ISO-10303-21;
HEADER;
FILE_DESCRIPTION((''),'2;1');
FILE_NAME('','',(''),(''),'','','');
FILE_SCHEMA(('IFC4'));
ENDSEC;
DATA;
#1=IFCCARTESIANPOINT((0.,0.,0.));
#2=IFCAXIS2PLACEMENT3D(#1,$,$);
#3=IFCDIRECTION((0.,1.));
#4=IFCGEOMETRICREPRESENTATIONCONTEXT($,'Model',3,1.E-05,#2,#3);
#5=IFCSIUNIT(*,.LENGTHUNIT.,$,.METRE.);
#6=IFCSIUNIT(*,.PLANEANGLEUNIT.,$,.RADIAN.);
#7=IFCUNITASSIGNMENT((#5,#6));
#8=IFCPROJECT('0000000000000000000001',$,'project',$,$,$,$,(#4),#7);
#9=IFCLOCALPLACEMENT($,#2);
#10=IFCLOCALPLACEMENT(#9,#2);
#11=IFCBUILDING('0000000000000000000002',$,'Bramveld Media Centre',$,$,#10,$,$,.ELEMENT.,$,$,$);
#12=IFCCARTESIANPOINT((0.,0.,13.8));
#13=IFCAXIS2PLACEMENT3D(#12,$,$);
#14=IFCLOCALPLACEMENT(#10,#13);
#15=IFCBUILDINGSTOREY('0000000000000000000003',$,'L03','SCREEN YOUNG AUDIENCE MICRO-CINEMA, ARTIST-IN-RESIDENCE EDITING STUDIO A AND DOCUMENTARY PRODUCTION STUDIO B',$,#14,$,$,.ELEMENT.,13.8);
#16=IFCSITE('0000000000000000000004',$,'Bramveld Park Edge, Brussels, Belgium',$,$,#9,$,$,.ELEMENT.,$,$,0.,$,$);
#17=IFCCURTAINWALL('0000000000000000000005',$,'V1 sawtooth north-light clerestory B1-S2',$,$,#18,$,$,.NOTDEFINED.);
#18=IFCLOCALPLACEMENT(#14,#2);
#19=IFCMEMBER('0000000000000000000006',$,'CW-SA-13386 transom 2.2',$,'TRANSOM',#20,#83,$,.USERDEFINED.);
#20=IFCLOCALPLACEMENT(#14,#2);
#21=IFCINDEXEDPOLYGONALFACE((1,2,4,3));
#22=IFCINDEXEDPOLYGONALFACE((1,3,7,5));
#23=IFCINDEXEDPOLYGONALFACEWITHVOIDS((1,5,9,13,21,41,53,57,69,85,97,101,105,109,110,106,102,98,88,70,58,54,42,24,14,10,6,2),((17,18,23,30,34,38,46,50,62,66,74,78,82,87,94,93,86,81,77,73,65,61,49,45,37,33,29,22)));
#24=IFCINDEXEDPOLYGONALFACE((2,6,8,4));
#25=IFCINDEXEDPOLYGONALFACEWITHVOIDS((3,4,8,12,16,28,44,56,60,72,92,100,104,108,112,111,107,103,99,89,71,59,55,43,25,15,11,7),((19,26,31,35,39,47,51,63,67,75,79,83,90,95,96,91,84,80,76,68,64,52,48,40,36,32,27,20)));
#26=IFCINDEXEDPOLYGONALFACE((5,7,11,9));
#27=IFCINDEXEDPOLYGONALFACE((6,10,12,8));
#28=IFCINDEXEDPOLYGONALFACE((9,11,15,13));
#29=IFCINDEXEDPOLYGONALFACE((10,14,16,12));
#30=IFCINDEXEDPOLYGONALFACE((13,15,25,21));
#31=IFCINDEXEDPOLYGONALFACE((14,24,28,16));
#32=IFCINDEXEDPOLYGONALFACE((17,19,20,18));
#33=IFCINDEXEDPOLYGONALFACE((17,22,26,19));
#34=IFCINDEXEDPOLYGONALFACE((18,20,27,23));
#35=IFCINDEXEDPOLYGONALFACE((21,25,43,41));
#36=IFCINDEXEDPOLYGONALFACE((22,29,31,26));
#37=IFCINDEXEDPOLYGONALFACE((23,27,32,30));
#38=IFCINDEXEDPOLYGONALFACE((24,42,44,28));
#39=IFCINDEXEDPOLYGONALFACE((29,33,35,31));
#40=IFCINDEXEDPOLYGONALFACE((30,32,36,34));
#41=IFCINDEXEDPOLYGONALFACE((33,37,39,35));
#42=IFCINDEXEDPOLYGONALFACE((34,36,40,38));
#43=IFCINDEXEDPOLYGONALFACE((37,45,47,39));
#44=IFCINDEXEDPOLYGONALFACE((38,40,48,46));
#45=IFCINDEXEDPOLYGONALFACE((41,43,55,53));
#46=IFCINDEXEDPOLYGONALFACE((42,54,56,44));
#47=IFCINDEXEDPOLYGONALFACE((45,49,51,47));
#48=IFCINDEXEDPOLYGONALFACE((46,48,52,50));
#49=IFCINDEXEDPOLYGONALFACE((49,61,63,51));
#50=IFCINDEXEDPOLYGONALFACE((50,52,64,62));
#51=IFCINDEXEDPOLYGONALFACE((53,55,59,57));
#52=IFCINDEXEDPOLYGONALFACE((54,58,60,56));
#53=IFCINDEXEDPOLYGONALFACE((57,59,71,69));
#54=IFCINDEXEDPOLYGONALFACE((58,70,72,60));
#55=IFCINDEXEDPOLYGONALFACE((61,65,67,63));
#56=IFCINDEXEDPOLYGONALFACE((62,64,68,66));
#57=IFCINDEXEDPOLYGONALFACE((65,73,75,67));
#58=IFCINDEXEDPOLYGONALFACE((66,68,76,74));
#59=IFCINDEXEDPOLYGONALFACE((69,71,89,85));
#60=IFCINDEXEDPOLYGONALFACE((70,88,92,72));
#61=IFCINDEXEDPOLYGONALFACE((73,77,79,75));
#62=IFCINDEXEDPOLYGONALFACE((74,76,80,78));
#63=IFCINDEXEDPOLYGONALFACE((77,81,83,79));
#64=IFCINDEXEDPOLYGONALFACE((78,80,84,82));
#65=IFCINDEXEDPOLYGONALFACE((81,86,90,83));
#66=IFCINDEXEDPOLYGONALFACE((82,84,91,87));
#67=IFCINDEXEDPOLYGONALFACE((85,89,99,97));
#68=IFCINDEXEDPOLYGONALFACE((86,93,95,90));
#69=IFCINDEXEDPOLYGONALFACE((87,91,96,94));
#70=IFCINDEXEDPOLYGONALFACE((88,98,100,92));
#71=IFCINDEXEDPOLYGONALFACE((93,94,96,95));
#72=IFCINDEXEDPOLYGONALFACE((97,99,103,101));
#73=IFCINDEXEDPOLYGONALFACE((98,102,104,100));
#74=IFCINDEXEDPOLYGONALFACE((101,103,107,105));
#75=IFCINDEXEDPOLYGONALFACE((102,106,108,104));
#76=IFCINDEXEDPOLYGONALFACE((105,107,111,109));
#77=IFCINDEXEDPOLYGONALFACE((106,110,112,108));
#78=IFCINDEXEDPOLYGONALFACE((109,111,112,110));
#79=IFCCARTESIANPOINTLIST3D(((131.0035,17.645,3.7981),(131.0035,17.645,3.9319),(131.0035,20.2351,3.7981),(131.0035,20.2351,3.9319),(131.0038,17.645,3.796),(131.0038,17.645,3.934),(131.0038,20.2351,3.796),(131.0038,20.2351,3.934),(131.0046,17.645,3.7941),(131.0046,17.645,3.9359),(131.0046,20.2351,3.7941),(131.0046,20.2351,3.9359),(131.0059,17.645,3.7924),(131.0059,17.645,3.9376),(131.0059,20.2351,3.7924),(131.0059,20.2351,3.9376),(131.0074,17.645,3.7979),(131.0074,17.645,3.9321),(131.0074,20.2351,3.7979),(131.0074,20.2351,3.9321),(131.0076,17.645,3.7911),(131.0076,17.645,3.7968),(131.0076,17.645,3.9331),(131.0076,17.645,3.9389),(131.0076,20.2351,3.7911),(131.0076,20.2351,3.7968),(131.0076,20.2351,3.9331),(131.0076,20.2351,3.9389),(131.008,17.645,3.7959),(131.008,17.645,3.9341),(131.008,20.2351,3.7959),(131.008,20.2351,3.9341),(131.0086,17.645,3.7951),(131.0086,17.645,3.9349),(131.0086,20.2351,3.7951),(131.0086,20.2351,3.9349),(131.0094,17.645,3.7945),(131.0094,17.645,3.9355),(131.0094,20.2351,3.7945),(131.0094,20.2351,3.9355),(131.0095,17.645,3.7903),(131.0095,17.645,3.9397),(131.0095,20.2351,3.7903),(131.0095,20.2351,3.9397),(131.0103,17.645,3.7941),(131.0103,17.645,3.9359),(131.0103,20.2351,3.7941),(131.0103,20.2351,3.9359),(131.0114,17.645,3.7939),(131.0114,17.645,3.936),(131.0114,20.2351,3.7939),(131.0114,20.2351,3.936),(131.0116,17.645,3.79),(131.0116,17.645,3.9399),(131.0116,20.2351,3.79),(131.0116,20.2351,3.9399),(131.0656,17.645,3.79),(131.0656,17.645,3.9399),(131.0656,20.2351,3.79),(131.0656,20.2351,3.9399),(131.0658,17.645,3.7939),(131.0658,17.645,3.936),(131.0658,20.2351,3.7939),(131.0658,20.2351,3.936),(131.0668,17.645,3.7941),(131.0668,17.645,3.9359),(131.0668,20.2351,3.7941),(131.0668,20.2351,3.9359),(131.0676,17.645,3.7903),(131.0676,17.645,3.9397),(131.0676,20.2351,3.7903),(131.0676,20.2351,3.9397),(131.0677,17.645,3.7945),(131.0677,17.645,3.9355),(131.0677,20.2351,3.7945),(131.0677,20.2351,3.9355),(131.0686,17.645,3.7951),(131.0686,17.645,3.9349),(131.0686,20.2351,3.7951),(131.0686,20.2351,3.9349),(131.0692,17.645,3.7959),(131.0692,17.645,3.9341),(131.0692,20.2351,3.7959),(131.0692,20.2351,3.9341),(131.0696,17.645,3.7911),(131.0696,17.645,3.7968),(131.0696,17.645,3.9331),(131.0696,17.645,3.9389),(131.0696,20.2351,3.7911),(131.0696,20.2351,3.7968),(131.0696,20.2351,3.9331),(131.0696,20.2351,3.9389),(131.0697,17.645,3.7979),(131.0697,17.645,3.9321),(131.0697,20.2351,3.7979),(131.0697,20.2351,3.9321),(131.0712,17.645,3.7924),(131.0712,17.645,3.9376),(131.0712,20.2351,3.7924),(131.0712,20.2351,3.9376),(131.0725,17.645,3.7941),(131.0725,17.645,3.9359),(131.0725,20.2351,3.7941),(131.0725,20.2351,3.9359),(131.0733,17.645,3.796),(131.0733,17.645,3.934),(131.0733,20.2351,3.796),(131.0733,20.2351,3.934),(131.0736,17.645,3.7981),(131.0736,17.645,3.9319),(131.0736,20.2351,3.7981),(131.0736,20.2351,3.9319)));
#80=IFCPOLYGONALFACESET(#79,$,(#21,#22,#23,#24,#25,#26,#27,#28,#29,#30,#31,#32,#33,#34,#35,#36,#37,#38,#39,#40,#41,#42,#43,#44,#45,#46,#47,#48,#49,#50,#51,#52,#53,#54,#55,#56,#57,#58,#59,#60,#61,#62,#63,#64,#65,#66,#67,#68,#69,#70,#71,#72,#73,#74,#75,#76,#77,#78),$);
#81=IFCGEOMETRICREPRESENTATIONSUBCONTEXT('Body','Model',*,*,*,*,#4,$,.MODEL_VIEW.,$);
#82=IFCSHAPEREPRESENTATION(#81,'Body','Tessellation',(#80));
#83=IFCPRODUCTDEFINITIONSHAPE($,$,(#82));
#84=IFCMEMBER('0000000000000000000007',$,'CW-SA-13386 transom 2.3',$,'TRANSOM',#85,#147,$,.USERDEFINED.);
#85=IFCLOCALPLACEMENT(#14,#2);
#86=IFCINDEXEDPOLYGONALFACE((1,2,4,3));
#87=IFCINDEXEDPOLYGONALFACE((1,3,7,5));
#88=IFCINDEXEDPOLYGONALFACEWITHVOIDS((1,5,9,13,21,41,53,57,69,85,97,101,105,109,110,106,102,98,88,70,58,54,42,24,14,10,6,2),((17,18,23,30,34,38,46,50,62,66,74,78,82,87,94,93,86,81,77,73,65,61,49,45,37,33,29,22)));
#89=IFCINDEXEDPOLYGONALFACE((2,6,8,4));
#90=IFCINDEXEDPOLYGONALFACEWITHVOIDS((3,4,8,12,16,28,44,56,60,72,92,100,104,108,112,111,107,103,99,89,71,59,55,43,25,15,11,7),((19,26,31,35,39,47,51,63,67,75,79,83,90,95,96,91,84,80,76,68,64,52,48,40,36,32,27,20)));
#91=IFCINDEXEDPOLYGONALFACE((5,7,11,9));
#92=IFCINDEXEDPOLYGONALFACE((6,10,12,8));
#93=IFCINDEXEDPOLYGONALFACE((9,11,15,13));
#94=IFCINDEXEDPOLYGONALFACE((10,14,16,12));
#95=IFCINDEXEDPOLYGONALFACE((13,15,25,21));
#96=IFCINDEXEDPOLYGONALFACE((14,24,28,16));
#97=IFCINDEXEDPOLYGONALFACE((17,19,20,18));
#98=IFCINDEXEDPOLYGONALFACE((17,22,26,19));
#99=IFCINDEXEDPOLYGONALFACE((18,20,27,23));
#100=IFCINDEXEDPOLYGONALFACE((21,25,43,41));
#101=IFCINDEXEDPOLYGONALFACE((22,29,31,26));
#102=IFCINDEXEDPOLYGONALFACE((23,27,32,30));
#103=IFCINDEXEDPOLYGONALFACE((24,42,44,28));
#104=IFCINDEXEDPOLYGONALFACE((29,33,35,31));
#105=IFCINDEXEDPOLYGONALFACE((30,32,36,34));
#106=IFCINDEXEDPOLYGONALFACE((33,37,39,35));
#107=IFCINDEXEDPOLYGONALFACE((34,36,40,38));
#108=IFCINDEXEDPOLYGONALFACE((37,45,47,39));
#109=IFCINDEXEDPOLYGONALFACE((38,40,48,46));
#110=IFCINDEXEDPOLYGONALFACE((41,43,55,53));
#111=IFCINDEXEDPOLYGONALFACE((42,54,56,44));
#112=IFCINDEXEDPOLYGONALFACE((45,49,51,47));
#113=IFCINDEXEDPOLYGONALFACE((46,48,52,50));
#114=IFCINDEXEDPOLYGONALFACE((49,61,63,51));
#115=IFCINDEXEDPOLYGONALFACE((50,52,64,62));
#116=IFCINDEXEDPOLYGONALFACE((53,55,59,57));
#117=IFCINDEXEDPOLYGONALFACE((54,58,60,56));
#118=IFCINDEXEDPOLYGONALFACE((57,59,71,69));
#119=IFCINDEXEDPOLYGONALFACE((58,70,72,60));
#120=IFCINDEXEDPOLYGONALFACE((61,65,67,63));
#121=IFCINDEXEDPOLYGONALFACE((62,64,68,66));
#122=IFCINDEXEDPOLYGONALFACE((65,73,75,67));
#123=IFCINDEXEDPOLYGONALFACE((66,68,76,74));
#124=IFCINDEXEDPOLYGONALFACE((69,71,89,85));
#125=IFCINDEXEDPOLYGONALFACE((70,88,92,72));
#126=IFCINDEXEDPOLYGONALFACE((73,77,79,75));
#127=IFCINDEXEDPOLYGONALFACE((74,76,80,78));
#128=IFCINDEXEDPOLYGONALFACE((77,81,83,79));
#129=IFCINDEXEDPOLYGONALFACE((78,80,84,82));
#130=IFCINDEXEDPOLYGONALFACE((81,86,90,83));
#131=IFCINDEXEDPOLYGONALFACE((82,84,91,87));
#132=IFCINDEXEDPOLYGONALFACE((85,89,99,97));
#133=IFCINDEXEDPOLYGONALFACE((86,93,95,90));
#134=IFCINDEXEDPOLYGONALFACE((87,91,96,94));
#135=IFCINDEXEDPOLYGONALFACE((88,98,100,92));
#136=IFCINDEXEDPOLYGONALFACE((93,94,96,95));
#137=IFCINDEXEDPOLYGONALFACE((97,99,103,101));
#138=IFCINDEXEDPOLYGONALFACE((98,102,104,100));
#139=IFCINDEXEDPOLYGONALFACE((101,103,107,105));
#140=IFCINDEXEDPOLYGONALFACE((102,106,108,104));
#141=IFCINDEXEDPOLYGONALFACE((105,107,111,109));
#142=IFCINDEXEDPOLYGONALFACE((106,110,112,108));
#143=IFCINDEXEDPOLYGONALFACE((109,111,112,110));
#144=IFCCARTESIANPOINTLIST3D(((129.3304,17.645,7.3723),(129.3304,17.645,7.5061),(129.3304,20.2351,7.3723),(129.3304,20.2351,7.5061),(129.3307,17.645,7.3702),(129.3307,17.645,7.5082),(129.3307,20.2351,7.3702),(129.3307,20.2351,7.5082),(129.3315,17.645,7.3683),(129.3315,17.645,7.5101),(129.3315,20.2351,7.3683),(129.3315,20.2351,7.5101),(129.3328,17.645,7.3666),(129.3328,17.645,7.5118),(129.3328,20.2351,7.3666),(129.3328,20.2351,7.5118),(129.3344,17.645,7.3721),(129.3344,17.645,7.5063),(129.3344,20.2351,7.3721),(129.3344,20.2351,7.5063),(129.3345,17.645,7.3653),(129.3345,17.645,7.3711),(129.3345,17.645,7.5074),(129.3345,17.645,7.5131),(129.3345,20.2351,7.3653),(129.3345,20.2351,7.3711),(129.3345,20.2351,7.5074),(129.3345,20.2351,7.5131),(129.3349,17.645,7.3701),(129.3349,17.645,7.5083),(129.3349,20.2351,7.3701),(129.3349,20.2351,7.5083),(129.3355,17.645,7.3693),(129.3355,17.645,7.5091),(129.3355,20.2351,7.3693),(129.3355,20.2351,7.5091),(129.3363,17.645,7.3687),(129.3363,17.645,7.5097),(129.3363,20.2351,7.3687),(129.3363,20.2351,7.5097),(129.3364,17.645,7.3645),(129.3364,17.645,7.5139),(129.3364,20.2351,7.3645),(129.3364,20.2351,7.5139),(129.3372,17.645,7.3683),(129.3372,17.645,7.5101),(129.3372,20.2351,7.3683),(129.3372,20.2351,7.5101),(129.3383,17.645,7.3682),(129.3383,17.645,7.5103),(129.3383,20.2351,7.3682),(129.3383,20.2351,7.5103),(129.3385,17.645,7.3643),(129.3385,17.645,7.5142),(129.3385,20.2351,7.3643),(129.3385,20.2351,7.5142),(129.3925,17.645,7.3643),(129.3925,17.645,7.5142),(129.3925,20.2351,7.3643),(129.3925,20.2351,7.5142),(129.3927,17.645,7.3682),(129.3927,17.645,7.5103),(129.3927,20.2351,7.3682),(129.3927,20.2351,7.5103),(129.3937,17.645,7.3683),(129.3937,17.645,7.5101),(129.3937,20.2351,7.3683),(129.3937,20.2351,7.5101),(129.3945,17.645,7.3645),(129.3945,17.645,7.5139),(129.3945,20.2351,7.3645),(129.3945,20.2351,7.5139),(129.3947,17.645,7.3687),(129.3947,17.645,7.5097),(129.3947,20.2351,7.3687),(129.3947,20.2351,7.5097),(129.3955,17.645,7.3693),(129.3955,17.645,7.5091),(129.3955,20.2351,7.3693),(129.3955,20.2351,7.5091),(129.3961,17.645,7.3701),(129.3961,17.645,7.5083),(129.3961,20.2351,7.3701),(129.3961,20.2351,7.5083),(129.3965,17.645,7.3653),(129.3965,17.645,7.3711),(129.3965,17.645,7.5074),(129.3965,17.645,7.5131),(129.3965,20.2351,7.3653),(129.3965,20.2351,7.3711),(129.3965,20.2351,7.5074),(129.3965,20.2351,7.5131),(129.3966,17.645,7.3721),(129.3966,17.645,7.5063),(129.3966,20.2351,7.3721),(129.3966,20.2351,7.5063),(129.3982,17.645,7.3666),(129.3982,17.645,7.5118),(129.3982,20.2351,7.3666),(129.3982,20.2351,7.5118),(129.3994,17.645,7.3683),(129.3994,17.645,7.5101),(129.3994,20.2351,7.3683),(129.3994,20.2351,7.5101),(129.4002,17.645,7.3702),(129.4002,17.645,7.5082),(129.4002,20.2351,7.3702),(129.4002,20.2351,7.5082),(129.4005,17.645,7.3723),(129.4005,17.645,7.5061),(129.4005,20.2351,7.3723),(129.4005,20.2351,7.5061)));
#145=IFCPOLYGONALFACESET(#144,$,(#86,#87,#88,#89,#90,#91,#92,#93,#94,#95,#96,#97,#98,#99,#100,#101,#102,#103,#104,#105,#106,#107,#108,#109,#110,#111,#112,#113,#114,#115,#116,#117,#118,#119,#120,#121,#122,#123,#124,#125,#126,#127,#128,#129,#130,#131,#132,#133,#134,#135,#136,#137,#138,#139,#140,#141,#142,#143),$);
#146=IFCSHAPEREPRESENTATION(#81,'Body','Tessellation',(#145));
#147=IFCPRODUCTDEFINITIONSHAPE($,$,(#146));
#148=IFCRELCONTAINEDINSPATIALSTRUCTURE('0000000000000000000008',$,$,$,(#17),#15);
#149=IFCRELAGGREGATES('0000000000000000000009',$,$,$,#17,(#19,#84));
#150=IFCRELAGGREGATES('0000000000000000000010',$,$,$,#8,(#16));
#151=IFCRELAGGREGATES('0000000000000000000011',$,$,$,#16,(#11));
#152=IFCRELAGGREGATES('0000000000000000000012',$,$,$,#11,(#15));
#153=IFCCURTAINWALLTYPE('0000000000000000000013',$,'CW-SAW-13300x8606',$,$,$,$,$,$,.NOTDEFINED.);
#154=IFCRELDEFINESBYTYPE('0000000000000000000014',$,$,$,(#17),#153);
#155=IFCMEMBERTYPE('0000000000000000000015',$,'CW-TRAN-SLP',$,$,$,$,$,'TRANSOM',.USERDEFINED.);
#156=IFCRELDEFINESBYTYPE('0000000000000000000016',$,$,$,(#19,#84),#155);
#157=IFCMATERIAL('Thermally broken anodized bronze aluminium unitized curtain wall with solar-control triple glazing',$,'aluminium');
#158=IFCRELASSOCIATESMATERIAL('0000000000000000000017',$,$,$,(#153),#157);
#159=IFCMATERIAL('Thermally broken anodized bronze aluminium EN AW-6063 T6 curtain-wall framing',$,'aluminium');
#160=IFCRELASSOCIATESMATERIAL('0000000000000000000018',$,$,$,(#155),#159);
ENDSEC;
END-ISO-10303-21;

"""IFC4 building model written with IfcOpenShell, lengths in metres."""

from ifc_helpers import new_model, si_unit, direction, frame, origin, origin_2d, place, context, subcontext, project, spatial, hollow_rectangle, extrude, material, material_profile, profile_set, type_object, element, aggregate, save


model = new_model("IFC4")

# Units and contexts
model_context = context("Model", 3, precision=1e-05, world=origin(), true_north=direction((0.0, 1.0)))
body_context = subcontext(model_context, "Body", "Model", "MODEL_VIEW")
ifc_project = project(units=[si_unit("LENGTHUNIT", "METRE"), si_unit("PLANEANGLEUNIT", "RADIAN")], contexts=[model_context])

# Site, building, storey
site_placement = place(None, origin())
site = spatial("IfcSite", under=ifc_project, at=site_placement, Name="Bramveld Park Edge, Brussels, Belgium", CompositionType="ELEMENT", RefElevation=0.0)
building_placement = place(site_placement, origin())
building = spatial("IfcBuilding", under=site, at=building_placement, Name="Bramveld Media Centre", CompositionType="ELEMENT")
storey_placement = place(building_placement, frame((0.0, 0.0, 13.8)))
storey = spatial("IfcBuildingStorey", under=building, at=storey_placement, Name="L03", Description="SCREEN YOUNG AUDIENCE MICRO-CINEMA, ARTIST-IN-RESIDENCE EDITING STUDIO A AND DOCUMENTARY PRODUCTION STUDIO B", CompositionType="ELEMENT", Elevation=13.8)

# Shared definitions
ifc_material_1 = material(Name="Thermally broken anodized bronze aluminium unitized curtain wall with solar-control triple glazing", Category="aluminium")
curtain_wall_type = type_object("IfcCurtainWallType", Name="CW-SAW-13300x8606", PredefinedType="NOTDEFINED", material=ifc_material_1)
ifc_material_2 = material(Name="Thermally broken anodized bronze aluminium EN AW-6063 T6 curtain-wall framing", Category="aluminium")
ifc_material_profile = material_profile(ifc_material_2, hollow_rectangle(XDim=0.0701, YDim=0.1499, WallThickness=0.0039, InnerFilletRadius=0.0039, OuterFilletRadius=0.0081, at=origin_2d()), Name="AL-TRAN 70x150")
ifc_profile_set = profile_set([ifc_material_profile], Name="Thermally broken anodized bronze aluminium EN AW-6063 T6 curtain-wall framing")
member_type = type_object("IfcMemberType", Name="CW-TRAN-SLP", ElementType="TRANSOM", PredefinedType="USERDEFINED", material=ifc_profile_set)

# Curtain wall, members
curtain_wall_1_placement = place(storey_placement, origin())
curtain_wall_1 = element("IfcCurtainWall", 1, at=curtain_wall_1_placement, inside=storey, type_object=curtain_wall_type, Name="V1 sawtooth north-light clerestory B1-S2", PredefinedType="NOTDEFINED")
member_1_placement = place(storey_placement, frame((131.0386, 17.645, 3.865), z_axis=(0.0, 1.0, 0.0), x_axis=(-1.0, 0.0, 0.0)))
member_1 = element("IfcMember", 2, at=member_1_placement, type_object=member_type, Name="CW-SA-13386 transom 2.2", ObjectType="TRANSOM", PredefinedType="USERDEFINED", context=body_context, shape_type="SweptSolid", body=[
    extrude(hollow_rectangle(XDim=0.0701, YDim=0.1499, WallThickness=0.0039, InnerFilletRadius=0.0039, OuterFilletRadius=0.0081, at=origin_2d()), origin(), (0.0, 0.0, 1.0), 2.5901),
])
member_2_placement = place(storey_placement, frame((129.3655, 17.645, 7.4392), z_axis=(0.0, 1.0, 0.0), x_axis=(-1.0, 0.0, 0.0)))
member_2 = element("IfcMember", 3, at=member_2_placement, type_object=member_type, Name="CW-SA-13386 transom 2.3", ObjectType="TRANSOM", PredefinedType="USERDEFINED", context=body_context, shape_type="SweptSolid", body=[
    extrude(hollow_rectangle(XDim=0.0701, YDim=0.1499, WallThickness=0.0039, InnerFilletRadius=0.0039, OuterFilletRadius=0.0081, at=origin_2d()), origin(), (0.0, 0.0, 1.0), 2.5901),
])

aggregate(curtain_wall_1, [member_1, member_2])

save(model, "model.ifc")
